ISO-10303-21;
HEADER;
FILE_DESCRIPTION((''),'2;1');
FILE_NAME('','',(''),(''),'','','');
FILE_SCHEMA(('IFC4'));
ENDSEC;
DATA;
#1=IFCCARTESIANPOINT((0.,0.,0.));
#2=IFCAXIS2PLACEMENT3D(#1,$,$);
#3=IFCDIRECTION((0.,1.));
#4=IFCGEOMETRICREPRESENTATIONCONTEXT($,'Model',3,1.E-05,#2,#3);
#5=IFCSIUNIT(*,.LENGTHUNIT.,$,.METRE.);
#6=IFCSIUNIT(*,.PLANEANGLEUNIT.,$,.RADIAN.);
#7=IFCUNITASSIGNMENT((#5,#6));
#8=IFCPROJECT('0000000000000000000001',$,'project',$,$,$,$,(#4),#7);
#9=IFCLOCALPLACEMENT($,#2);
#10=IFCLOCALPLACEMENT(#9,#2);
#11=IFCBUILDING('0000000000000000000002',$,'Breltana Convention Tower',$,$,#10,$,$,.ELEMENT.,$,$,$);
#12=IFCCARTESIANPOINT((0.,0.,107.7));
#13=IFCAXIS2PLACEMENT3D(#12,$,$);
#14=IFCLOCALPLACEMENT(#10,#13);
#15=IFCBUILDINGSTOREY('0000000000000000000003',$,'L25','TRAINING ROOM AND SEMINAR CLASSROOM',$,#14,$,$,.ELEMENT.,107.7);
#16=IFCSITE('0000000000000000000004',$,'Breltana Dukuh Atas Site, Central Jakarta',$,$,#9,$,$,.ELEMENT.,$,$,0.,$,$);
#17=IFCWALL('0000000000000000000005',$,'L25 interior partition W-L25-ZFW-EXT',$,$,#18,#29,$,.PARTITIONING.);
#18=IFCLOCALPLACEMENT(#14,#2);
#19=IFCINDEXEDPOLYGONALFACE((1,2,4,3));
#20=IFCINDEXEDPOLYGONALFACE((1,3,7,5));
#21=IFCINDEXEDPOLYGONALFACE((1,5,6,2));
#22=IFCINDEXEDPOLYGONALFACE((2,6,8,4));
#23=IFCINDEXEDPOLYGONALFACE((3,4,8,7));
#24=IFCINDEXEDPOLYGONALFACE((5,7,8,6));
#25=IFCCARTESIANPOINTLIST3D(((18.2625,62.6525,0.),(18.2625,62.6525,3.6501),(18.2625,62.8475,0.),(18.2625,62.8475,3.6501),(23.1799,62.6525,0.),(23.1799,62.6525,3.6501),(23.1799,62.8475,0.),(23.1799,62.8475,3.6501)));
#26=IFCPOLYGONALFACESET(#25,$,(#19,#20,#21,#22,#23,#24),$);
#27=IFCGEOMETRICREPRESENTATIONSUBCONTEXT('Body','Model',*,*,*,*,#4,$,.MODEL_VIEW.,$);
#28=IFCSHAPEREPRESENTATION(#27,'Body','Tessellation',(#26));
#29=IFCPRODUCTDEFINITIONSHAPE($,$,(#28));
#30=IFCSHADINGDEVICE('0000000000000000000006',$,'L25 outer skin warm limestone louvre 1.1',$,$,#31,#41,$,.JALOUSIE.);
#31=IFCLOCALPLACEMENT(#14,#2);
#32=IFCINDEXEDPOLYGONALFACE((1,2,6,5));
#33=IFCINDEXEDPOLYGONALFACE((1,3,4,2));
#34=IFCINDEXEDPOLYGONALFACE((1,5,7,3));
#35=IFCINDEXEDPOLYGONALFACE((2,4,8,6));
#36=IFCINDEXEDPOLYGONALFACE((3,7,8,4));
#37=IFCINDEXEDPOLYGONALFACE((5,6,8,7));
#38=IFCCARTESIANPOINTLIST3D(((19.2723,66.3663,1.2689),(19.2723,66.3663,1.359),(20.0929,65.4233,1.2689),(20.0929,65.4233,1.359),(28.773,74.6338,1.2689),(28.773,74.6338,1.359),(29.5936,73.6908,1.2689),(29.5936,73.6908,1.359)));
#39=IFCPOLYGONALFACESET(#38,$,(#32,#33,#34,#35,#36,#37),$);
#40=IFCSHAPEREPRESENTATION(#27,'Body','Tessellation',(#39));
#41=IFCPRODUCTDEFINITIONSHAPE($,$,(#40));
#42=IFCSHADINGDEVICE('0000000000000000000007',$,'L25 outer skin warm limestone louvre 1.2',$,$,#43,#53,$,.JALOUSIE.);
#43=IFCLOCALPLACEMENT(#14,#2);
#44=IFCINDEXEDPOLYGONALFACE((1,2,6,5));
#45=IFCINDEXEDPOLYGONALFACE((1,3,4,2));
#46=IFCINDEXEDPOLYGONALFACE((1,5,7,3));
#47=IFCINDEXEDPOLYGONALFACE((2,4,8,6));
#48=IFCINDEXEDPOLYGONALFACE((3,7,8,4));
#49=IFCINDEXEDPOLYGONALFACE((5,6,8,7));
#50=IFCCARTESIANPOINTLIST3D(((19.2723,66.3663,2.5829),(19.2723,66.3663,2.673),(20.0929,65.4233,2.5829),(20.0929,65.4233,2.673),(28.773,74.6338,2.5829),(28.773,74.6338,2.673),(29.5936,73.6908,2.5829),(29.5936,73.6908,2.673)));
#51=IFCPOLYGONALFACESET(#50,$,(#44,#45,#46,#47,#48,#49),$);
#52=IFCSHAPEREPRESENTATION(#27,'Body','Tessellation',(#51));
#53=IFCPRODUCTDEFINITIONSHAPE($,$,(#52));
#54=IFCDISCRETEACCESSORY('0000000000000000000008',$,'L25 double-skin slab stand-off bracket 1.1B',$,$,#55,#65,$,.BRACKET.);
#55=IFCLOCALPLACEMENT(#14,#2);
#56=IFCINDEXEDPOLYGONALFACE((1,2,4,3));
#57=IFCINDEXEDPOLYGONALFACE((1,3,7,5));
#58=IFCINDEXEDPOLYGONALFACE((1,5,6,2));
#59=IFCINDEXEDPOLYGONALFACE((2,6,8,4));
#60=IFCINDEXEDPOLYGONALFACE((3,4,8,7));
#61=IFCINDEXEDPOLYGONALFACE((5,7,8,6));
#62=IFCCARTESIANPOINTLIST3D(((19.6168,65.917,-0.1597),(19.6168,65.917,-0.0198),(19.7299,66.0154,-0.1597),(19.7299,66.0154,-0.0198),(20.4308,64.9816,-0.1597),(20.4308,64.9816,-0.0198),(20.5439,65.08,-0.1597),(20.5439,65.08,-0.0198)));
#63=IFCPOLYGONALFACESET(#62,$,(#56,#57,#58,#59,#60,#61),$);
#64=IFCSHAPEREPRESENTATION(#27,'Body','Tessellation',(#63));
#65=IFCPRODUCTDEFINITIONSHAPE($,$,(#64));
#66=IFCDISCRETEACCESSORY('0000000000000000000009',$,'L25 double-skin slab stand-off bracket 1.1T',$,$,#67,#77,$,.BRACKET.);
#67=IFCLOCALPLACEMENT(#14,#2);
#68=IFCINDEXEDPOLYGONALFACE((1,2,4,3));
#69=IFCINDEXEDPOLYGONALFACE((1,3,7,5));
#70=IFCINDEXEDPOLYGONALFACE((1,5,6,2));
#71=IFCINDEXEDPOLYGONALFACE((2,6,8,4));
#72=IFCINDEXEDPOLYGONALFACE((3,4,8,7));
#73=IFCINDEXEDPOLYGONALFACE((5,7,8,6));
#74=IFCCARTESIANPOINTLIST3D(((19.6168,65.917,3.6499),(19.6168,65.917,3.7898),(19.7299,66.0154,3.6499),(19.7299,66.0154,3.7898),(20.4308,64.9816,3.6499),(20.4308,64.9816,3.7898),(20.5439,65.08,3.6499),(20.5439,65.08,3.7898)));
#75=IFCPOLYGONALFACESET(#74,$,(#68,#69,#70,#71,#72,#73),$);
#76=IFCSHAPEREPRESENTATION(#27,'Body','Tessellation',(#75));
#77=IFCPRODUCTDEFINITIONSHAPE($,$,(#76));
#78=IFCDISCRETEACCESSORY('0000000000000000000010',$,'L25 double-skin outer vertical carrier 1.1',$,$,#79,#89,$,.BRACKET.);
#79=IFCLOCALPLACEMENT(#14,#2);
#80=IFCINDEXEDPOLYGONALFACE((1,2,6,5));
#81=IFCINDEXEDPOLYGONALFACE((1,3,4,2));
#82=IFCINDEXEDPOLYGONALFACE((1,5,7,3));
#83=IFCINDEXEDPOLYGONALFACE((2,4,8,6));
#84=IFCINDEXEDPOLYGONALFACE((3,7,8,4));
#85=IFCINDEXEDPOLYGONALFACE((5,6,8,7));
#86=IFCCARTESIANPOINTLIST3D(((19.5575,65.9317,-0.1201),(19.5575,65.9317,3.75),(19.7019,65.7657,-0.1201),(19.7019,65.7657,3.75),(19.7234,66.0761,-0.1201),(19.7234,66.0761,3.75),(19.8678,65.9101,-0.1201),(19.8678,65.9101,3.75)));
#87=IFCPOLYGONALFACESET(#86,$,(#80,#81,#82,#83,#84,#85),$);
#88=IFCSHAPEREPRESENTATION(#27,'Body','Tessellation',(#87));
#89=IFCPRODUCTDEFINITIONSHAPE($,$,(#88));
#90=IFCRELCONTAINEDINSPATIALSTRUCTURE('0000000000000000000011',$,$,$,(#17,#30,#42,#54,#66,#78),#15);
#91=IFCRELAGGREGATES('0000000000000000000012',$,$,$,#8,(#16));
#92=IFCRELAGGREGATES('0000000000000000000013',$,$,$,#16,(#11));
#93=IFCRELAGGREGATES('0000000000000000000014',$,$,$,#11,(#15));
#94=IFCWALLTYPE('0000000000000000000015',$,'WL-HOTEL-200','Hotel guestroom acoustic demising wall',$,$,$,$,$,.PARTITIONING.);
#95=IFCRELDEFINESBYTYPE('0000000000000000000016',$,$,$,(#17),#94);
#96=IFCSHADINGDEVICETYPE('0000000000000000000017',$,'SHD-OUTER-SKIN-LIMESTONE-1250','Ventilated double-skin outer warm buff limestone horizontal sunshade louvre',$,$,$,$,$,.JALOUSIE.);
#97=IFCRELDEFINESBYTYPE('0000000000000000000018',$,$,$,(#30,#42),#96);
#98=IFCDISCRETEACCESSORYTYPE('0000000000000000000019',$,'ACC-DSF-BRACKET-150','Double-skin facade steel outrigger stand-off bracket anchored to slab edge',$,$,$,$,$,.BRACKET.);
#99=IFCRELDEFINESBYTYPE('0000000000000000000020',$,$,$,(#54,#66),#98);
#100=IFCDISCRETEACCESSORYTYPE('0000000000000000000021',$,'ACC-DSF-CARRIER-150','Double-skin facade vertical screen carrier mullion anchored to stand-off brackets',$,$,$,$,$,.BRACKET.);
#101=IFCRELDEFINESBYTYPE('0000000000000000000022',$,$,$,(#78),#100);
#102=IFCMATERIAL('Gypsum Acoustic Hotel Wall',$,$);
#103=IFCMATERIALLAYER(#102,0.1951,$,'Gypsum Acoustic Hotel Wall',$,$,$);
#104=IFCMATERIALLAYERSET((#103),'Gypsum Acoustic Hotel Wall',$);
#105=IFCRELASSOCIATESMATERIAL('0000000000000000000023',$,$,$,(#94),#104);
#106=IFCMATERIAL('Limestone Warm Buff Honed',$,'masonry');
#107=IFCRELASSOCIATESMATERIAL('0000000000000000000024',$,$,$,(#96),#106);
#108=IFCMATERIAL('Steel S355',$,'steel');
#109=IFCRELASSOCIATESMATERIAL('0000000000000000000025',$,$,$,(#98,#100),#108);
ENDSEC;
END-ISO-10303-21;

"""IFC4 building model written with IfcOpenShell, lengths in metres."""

from ifc_helpers import new_model, si_unit, direction, frame, frame_2d, origin, origin_2d, place, context, subcontext, project, spatial, rectangle, extrude, source, transform, mapped, material, layer, layer_set, material_profile, profile_set, type_object, type_shapes, element, save


model = new_model("IFC4")

# Units and contexts
model_context = context("Model", 3, precision=1e-05, world=origin(), true_north=direction((0.0, 1.0)))
body_context = subcontext(model_context, "Body", "Model", "MODEL_VIEW")
ifc_project = project(units=[si_unit("LENGTHUNIT", "METRE"), si_unit("PLANEANGLEUNIT", "RADIAN")], contexts=[model_context])

# Site, building, storey
site_placement = place(None, origin())
site = spatial("IfcSite", under=ifc_project, at=site_placement, Name="Breltana Dukuh Atas Site, Central Jakarta", CompositionType="ELEMENT", RefElevation=0.0)
building_placement = place(site_placement, origin())
building = spatial("IfcBuilding", under=site, at=building_placement, Name="Breltana Convention Tower", CompositionType="ELEMENT")
storey_placement = place(building_placement, frame((0.0, 0.0, 107.7)))
storey = spatial("IfcBuildingStorey", under=building, at=storey_placement, Name="L25", Description="TRAINING ROOM AND SEMINAR CLASSROOM", CompositionType="ELEMENT", Elevation=107.7)

# Wall
ifc_material_1 = material(Name="Gypsum Acoustic Hotel Wall")
ifc_layer_1 = layer(ifc_material_1, 0.1951, Name="Gypsum Acoustic Hotel Wall")
ifc_layer_set_1 = layer_set([ifc_layer_1], Name="Gypsum Acoustic Hotel Wall")
wall_type_1 = type_object("IfcWallType", Name="WL-HOTEL-200", Description="Hotel guestroom acoustic demising wall", PredefinedType="PARTITIONING", material=ifc_layer_set_1)
shared_shape_1 = source(origin(), body_context, "Body", "SweptSolid", [
    extrude(rectangle(XDim=4.9175, YDim=0.1951, at=frame_2d((2.4587, 0.0))), origin(), (0.0, 0.0, 1.0), 3.6501),
])
wall_1_placement = place(storey_placement, frame((18.2625, 62.75, 0.0), z_axis=(0.0, 0.0, 1.0), x_axis=(1.0, 0.0, 0.0)))
element("IfcWall", 1, at=wall_1_placement, inside=storey, type_object=wall_type_1, Name="L25 interior partition W-L25-ZFW-EXT", PredefinedType="PARTITIONING", context=body_context, shape_type="MappedRepresentation", body=[
    mapped(shared_shape_1, transform((0.0, 0.0, 0.0), scale=1.0)),
])

# Shading devices
ifc_material_2 = material(Name="Limestone Warm Buff Honed", Category="masonry")
ifc_material_profile_1 = material_profile(ifc_material_2, rectangle(XDim=1.25, YDim=0.0901, at=origin_2d()), Name="STN-LVR-1250X90")
ifc_profile_set_1 = profile_set([ifc_material_profile_1], Name="Limestone Warm Buff Honed")
shading_device_type = type_object("IfcShadingDeviceType", Name="SHD-OUTER-SKIN-LIMESTONE-1250", Description="Ventilated double-skin outer warm buff limestone horizontal sunshade louvre", PredefinedType="JALOUSIE", material=ifc_profile_set_1)
shared_shape_2 = source(origin(), body_context, "Body", "SweptSolid", [
    extrude(rectangle(XDim=1.25, YDim=0.0901, at=origin_2d()), origin(), (0.0, 0.0, 1.0), 12.5942),
])
for number, where, z_axis, x_axis, name in (
    (2, (19.6826, 65.8948, 1.314), (0.754367, 0.656453, 0.0), (-0.656453, 0.754367, 0.0), "L25 outer skin warm limestone louvre 1.1"),
    (3, (19.6826, 65.8948, 2.6279), (0.754367, 0.656453, 0.0), (-0.656453, 0.754367, 0.0), "L25 outer skin warm limestone louvre 1.2"),
):
    element("IfcShadingDevice", number, at=place(storey_placement, frame(where, z_axis=z_axis, x_axis=x_axis)), inside=storey, type_object=shading_device_type, Name=name, PredefinedType="JALOUSIE", context=body_context, shape_type="MappedRepresentation", body=[
        mapped(shared_shape_2, transform((0.0, 0.0, 0.0), scale=1.0)),
    ])

# Discrete accessories
ifc_material_3 = material(Name="Steel S355", Category="steel")
discrete_accessory_type_1 = type_object("IfcDiscreteAccessoryType", Name="ACC-DSF-BRACKET-150", Description="Double-skin facade steel outrigger stand-off bracket anchored to slab edge", PredefinedType="BRACKET", material=ifc_material_3)
shared_shape_3 = source(origin(), body_context, "Body", "SweptSolid", [
    extrude(rectangle(XDim=1.24, YDim=0.1499, at=origin_2d()), origin(), (0.0, 0.0, 1.0), 0.1399),
])
type_shapes(discrete_accessory_type_1, [shared_shape_3])
for number, where, z_axis, x_axis, name in (
    (4, (20.0803, 65.4985, -0.1597), (0.0, 0.0, 1.0), (-0.656454, 0.754366, 0.0), "L25 double-skin slab stand-off bracket 1.1B"),
    (5, (20.0803, 65.4985, 3.6499), (0.0, 0.0, 1.0), (-0.656454, 0.754366, 0.0), "L25 double-skin slab stand-off bracket 1.1T"),
):
    element("IfcDiscreteAccessory", number, at=place(storey_placement, frame(where, z_axis=z_axis, x_axis=x_axis)), inside=storey, type_object=discrete_accessory_type_1, Name=name, PredefinedType="BRACKET", context=body_context, shape_type="MappedRepresentation", body=[
        mapped(shared_shape_3, transform((0.0, 0.0, 0.0), scale=1.0)),
    ])
discrete_accessory_type_2 = type_object("IfcDiscreteAccessoryType", Name="ACC-DSF-CARRIER-150", Description="Double-skin facade vertical screen carrier mullion anchored to stand-off brackets", PredefinedType="BRACKET", material=ifc_material_3)
shared_shape_4 = source(origin(), body_context, "Body", "SweptSolid", [
    extrude(rectangle(XDim=0.22, YDim=0.22, at=origin_2d()), origin(), (0.0, 0.0, 1.0), 3.8701),
])
discrete_accessory_placement = place(storey_placement, frame((19.7126, 65.9209, -0.1201), z_axis=(0.0, 0.0, 1.0), x_axis=(-0.656454, 0.754366, 0.0)))
element("IfcDiscreteAccessory", 6, at=discrete_accessory_placement, inside=storey, type_object=discrete_accessory_type_2, Name="L25 double-skin outer vertical carrier 1.1", PredefinedType="BRACKET", context=body_context, shape_type="MappedRepresentation", body=[
    mapped(shared_shape_4, transform((0.0, 0.0, 0.0), scale=1.0)),
])

save(model, "model.ifc")
